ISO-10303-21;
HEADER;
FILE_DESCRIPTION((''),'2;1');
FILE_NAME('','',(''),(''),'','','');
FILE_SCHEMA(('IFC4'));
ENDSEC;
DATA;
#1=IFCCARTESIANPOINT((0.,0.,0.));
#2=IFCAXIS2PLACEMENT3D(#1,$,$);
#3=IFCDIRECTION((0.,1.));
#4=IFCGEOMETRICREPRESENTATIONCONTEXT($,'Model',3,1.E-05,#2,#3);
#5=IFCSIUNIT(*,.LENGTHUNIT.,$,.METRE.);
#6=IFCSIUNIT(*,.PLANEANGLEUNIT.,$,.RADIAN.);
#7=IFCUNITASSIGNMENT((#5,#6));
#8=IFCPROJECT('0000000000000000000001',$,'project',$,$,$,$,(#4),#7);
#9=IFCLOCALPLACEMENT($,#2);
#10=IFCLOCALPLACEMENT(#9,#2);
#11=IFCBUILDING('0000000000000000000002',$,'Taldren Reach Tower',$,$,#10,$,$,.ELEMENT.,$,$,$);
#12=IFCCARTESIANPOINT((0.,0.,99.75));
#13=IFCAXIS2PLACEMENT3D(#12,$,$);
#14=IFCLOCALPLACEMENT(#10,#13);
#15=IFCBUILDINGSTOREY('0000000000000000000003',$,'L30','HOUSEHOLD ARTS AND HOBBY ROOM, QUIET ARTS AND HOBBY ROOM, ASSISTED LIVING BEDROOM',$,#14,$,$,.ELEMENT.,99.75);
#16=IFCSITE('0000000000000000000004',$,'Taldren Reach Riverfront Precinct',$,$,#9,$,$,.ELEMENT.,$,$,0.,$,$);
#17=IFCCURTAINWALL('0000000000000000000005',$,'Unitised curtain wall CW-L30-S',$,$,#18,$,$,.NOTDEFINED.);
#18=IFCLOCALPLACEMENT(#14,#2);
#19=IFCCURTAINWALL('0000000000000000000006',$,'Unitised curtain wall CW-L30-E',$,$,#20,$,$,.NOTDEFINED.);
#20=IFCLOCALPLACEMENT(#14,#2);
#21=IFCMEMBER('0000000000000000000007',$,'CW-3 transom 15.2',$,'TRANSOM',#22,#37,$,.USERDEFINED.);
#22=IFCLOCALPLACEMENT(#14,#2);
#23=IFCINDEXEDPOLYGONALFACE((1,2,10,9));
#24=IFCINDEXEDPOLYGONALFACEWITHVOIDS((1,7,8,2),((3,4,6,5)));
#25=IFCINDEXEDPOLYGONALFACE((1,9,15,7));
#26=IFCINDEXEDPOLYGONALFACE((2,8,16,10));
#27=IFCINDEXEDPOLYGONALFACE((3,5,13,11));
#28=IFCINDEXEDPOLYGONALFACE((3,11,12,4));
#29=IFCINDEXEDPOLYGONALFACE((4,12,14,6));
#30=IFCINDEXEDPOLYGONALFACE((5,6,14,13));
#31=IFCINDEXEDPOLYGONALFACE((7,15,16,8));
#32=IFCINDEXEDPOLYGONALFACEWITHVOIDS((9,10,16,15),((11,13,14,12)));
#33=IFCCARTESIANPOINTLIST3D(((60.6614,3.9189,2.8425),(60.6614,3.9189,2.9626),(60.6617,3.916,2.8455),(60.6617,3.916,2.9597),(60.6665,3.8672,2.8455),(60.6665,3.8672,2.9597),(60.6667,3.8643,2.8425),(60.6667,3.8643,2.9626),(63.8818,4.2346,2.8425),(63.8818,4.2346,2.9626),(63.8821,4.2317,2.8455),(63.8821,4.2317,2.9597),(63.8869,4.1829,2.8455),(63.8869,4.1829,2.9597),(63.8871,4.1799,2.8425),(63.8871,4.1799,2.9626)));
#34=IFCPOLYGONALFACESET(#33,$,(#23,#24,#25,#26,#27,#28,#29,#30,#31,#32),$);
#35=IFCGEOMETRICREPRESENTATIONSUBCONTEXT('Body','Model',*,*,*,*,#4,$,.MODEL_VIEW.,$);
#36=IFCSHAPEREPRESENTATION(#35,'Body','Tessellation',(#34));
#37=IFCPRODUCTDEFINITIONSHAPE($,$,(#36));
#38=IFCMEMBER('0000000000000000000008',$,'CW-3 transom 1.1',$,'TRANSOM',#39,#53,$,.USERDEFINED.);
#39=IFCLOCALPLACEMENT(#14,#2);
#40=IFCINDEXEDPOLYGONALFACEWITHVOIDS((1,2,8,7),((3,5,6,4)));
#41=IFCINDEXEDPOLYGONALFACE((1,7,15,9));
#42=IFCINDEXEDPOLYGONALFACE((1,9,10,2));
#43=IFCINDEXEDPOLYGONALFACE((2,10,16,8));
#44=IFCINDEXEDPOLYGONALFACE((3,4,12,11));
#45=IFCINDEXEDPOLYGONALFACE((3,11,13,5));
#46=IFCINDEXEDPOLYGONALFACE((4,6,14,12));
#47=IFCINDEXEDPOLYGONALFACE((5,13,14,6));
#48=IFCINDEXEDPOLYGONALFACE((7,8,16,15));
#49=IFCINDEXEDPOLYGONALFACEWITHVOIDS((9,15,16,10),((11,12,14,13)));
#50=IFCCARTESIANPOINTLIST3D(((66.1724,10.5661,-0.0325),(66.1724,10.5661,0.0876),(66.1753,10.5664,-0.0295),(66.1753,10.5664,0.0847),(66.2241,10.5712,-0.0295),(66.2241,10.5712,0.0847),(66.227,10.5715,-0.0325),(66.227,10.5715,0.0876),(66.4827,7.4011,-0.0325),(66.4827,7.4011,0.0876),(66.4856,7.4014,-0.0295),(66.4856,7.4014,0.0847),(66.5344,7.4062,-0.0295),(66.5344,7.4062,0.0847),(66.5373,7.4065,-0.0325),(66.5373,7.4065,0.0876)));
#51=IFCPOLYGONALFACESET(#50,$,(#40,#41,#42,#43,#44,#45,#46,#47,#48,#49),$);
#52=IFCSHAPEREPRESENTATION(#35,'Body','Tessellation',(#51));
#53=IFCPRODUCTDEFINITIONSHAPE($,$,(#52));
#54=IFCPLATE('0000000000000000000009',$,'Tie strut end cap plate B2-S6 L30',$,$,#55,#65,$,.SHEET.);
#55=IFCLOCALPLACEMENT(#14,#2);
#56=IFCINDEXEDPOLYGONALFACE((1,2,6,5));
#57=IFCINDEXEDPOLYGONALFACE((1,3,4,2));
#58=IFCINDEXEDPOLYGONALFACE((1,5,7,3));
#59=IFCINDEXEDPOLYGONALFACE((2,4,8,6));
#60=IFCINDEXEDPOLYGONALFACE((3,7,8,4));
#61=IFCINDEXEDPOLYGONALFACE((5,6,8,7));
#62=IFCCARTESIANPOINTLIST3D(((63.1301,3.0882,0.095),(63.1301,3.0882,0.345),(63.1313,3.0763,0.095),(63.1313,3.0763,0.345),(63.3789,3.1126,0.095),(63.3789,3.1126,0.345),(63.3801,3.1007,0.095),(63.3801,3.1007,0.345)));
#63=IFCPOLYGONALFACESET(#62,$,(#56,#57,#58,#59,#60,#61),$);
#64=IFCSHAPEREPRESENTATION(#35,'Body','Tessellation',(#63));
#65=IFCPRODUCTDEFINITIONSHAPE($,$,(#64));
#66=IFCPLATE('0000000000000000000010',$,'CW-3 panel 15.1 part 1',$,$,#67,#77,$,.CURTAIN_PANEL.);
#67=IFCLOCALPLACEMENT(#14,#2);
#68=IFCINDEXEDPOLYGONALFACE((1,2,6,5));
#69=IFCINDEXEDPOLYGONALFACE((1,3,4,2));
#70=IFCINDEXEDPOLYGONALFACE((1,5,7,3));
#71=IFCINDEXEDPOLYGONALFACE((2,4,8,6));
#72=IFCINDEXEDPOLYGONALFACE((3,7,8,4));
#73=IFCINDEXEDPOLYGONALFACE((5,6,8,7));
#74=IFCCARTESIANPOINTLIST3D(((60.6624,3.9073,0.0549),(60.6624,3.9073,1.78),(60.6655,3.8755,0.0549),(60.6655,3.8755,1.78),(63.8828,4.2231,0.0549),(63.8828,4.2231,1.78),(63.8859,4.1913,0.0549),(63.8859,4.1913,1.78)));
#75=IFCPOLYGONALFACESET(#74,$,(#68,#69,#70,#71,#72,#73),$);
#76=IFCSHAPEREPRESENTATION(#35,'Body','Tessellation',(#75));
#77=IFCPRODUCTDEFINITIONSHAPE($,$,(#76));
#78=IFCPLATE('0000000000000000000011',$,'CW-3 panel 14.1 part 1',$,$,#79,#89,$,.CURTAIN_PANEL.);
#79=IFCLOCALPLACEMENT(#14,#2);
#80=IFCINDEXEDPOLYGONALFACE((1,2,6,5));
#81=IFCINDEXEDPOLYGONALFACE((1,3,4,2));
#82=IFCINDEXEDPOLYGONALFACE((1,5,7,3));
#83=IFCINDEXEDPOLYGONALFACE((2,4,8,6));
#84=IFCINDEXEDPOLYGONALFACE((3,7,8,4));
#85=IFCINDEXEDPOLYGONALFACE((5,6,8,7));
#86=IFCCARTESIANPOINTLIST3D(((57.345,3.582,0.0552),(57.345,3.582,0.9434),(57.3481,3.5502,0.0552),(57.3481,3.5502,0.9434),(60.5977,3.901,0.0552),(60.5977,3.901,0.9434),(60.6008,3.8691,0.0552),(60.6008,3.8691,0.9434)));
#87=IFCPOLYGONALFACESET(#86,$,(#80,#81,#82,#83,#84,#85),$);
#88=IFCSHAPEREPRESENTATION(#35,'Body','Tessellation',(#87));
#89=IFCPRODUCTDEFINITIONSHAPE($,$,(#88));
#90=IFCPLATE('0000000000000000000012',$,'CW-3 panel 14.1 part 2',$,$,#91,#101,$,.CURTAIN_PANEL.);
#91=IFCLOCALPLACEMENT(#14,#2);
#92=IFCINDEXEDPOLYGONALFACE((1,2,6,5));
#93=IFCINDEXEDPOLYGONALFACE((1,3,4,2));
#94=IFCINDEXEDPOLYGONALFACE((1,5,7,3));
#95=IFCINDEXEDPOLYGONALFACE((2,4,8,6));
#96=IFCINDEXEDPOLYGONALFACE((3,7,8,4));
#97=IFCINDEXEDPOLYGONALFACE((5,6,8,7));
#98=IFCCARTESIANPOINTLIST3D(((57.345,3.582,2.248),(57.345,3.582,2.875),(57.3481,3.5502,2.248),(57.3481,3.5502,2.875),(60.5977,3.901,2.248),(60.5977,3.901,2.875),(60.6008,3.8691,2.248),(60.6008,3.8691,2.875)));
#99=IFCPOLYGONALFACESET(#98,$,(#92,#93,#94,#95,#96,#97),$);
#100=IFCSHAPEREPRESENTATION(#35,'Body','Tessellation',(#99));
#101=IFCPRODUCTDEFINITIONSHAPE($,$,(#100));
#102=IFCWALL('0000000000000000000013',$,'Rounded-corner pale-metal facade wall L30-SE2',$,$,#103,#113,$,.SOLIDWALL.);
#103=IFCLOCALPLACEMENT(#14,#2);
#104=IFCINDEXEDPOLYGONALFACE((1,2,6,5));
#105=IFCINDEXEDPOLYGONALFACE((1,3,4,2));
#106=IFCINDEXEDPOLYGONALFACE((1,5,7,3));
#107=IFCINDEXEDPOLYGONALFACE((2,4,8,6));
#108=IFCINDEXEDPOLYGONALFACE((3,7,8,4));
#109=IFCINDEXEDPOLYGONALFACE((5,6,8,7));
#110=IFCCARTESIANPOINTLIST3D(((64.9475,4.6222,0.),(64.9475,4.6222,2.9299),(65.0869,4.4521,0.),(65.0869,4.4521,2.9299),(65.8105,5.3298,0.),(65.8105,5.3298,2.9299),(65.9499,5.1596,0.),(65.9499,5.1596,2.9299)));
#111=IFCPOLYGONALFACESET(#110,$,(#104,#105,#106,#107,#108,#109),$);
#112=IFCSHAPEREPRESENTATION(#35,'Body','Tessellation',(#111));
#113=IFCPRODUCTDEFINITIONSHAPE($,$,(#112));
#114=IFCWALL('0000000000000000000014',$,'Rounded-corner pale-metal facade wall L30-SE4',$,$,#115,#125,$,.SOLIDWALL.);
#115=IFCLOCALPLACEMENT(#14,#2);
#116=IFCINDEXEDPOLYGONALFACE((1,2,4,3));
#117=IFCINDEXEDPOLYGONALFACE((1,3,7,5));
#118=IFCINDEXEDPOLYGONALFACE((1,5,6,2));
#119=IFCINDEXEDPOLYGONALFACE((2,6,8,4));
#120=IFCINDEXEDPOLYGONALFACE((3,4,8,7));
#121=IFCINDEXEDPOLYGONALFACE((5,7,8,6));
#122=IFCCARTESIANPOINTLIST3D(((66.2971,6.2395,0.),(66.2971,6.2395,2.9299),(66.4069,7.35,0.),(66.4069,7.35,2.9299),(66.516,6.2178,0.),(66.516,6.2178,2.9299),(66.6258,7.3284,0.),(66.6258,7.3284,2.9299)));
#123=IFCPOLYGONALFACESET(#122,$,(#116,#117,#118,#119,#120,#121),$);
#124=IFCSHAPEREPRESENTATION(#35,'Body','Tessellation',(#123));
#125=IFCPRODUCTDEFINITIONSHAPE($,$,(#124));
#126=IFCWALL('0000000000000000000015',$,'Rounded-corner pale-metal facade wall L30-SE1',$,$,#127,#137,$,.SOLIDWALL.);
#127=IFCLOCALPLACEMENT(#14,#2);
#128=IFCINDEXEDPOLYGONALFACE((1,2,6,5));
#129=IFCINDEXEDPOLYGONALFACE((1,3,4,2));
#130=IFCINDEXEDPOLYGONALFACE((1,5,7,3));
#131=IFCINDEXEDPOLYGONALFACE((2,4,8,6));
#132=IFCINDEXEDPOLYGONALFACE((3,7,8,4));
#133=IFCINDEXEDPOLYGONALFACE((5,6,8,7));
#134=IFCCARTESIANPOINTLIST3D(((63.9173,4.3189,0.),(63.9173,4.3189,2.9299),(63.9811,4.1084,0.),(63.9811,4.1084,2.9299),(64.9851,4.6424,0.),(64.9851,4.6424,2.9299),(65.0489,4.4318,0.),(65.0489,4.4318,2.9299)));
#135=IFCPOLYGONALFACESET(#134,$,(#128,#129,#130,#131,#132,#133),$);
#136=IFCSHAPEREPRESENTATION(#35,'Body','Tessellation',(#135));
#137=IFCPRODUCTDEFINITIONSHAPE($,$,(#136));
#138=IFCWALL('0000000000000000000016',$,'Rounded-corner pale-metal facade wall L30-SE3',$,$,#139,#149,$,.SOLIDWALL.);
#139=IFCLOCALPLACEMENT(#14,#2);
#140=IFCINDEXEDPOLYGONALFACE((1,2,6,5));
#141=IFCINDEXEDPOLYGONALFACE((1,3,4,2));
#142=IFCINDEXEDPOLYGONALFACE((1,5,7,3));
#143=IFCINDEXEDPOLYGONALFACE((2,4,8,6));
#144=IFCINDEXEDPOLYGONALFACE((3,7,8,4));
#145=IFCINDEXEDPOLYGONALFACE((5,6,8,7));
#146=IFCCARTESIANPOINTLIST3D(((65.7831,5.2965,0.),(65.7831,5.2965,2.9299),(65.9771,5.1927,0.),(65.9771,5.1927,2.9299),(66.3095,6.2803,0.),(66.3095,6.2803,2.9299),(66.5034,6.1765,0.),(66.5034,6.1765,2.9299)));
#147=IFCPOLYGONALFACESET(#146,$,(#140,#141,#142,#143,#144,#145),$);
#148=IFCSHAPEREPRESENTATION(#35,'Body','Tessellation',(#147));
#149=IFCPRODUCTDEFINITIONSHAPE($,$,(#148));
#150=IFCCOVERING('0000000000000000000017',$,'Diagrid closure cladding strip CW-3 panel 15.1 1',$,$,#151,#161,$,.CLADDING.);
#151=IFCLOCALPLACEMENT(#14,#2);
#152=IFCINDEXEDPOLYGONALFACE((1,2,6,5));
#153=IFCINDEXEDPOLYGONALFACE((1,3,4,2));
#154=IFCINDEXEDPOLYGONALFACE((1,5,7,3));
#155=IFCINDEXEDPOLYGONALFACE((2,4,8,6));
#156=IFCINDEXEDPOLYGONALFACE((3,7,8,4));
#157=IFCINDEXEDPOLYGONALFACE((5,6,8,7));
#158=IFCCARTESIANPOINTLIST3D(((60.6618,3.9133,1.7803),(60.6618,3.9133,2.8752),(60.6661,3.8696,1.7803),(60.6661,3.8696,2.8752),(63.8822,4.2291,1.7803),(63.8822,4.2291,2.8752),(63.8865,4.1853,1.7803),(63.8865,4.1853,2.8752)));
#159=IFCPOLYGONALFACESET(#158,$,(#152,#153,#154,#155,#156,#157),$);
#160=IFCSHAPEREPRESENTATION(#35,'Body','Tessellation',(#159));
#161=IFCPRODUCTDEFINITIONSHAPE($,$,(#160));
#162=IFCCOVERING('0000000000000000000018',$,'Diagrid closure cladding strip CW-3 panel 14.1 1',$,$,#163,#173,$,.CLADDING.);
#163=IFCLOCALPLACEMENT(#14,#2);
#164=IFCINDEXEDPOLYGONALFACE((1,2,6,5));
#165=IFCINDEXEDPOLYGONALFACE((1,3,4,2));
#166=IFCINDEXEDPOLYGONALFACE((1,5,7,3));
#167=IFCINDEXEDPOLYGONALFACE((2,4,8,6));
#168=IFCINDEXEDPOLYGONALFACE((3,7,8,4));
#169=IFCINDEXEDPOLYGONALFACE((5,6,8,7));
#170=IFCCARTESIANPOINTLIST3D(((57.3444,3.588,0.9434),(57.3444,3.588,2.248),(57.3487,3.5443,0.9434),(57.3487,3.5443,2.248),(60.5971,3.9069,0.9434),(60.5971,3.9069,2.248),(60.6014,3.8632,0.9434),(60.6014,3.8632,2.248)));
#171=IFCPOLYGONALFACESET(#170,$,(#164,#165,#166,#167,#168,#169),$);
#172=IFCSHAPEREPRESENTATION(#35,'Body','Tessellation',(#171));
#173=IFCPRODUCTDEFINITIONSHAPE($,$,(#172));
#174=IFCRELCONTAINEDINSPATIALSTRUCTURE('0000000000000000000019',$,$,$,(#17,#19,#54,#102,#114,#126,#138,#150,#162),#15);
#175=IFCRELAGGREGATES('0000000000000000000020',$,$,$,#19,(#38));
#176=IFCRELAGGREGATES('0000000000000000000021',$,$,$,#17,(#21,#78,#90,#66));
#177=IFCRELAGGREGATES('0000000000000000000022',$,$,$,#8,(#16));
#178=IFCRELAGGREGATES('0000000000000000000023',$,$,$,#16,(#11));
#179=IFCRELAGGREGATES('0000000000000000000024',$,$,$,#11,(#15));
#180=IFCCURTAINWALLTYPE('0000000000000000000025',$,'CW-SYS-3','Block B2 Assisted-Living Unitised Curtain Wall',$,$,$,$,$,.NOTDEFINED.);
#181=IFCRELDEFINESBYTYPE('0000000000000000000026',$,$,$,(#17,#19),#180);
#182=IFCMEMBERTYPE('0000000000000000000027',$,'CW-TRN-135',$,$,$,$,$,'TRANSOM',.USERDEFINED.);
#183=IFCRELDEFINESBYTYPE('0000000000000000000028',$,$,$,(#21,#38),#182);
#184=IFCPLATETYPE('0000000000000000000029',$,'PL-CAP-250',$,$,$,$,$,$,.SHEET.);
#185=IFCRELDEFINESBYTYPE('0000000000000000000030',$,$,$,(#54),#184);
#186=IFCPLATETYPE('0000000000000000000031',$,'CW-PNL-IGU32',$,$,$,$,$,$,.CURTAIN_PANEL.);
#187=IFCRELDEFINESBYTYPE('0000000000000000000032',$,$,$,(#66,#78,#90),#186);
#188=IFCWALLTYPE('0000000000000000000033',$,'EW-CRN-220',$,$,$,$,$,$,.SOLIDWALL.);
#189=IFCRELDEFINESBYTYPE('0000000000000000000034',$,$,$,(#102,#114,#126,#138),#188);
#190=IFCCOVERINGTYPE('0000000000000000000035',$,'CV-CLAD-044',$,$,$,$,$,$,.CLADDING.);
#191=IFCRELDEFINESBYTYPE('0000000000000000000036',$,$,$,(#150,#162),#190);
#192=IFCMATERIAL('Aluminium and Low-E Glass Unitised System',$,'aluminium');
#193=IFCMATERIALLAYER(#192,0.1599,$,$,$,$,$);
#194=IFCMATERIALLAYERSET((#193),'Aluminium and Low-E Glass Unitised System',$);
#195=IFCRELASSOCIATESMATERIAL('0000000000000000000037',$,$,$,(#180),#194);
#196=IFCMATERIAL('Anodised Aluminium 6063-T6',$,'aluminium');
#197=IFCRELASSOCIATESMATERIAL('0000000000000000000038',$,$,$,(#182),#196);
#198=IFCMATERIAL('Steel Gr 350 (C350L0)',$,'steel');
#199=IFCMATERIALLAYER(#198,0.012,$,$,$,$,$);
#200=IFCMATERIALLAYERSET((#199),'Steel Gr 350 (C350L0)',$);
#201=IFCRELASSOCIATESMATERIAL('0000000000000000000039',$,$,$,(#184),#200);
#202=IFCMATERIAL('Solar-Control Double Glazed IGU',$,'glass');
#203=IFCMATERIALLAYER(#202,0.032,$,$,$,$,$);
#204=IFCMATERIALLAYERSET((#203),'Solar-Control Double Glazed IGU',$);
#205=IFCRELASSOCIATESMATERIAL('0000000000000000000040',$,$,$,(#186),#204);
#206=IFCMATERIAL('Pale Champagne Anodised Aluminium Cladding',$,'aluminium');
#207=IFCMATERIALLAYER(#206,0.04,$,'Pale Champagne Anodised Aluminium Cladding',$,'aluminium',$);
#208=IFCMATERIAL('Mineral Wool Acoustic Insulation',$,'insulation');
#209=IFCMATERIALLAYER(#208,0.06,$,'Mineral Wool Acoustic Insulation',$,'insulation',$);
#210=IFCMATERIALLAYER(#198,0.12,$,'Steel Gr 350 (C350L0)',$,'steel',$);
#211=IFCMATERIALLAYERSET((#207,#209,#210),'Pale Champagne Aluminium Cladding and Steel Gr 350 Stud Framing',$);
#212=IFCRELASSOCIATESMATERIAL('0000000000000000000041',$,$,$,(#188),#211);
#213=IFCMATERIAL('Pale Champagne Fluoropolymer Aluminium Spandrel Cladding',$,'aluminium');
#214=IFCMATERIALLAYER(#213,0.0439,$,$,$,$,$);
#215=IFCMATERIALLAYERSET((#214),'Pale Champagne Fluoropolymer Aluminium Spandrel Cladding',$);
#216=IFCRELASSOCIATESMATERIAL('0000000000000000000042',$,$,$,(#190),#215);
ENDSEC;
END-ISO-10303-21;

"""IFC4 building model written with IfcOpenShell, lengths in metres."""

from ifc_helpers import new_model, si_unit, direction, frame, frame_2d, origin, origin_2d, place, context, subcontext, project, spatial, rectangle, hollow_rectangle, extrude, source, transform, mapped, material, layer, layer_set, material_profile, profile_set, type_object, element, aggregate, save


model = new_model("IFC4")

# Units and contexts
model_context = context("Model", 3, precision=1e-05, world=origin(), true_north=direction((0.0, 1.0)))
body_context = subcontext(model_context, "Body", "Model", "MODEL_VIEW")
ifc_project = project(units=[si_unit("LENGTHUNIT", "METRE"), si_unit("PLANEANGLEUNIT", "RADIAN")], contexts=[model_context])

# Site, building, storey
site_placement = place(None, origin())
site = spatial("IfcSite", under=ifc_project, at=site_placement, Name="Taldren Reach Riverfront Precinct", CompositionType="ELEMENT", RefElevation=0.0)
building_placement = place(site_placement, origin())
building = spatial("IfcBuilding", under=site, at=building_placement, Name="Taldren Reach Tower", CompositionType="ELEMENT")
storey_placement = place(building_placement, frame((0.0, 0.0, 99.75)))
storey = spatial("IfcBuildingStorey", under=building, at=storey_placement, Name="L30", Description="HOUSEHOLD ARTS AND HOBBY ROOM, QUIET ARTS AND HOBBY ROOM, ASSISTED LIVING BEDROOM", CompositionType="ELEMENT", Elevation=99.75)

# Shared definitions
ifc_material_1 = material(Name="Steel Gr 350 (C350L0)", Category="steel")

# Curtain wall
ifc_material_2 = material(Name="Aluminium and Low-E Glass Unitised System", Category="aluminium")
ifc_layer_1 = layer(ifc_material_2, 0.1599)
ifc_layer_set_1 = layer_set([ifc_layer_1], Name="Aluminium and Low-E Glass Unitised System")
curtain_wall_type = type_object("IfcCurtainWallType", Name="CW-SYS-3", Description="Block B2 Assisted-Living Unitised Curtain Wall", PredefinedType="NOTDEFINED", material=ifc_layer_set_1)
curtain_wall_1_placement = place(storey_placement, origin())
curtain_wall_1 = element("IfcCurtainWall", 1, at=curtain_wall_1_placement, inside=storey, type_object=curtain_wall_type, Name="Unitised curtain wall CW-L30-S", PredefinedType="NOTDEFINED")
ifc_material_3 = material(Name="Anodised Aluminium 6063-T6", Category="aluminium")

# Curtain wall
curtain_wall_2_placement = place(storey_placement, origin())
curtain_wall_2 = element("IfcCurtainWall", 2, at=curtain_wall_2_placement, inside=storey, type_object=curtain_wall_type, Name="Unitised curtain wall CW-L30-E", PredefinedType="NOTDEFINED")

# Members
ifc_material_profile_1 = material_profile(ifc_material_3, hollow_rectangle(XDim=0.0549, YDim=0.1201, WallThickness=0.0029, at=origin_2d()), Name="ALU-120x55x3RHS")
ifc_profile_set_1 = profile_set([ifc_material_profile_1], Name="Anodised Aluminium 6063-T6")
member_type_1 = type_object("IfcMemberType", Name="CW-TRN-135", ElementType="TRANSOM", PredefinedType="USERDEFINED", material=ifc_profile_set_1)
shared_shape_1 = source(origin(), body_context, "Body", "SweptSolid", [
    extrude(hollow_rectangle(XDim=0.0549, YDim=0.1201, WallThickness=0.0029, at=origin_2d()), origin(), (0.0, 0.0, 1.0), 3.2358),
])
member_1_placement = place(storey_placement, frame((60.6641, 3.8916, 2.9026), z_axis=(0.99523, 0.097554, 0.0), x_axis=(-0.097554, 0.99523, 0.0)))
member_1 = element("IfcMember", 3, at=member_1_placement, type_object=member_type_1, Name="CW-3 transom 15.2", ObjectType="TRANSOM", PredefinedType="USERDEFINED", context=body_context, shape_type="MappedRepresentation", body=[
    mapped(shared_shape_1, transform((0.0, 0.0, 0.0), scale=1.0)),
])
shared_shape_2 = source(origin(), body_context, "Body", "SweptSolid", [
    extrude(hollow_rectangle(XDim=0.0549, YDim=0.1201, WallThickness=0.0029, at=origin_2d()), origin(), (0.0, 0.0, 1.0), 3.1802),
])
member_2_placement = place(storey_placement, frame((66.51, 7.4038, 0.0276), z_axis=(-0.097573, 0.995228, 0.0), x_axis=(-0.995228, -0.097573, 0.0)))
member_2 = element("IfcMember", 4, at=member_2_placement, type_object=member_type_1, Name="CW-3 transom 1.1", ObjectType="TRANSOM", PredefinedType="USERDEFINED", context=body_context, shape_type="MappedRepresentation", body=[
    mapped(shared_shape_2, transform((0.0, 0.0, 0.0), scale=1.0)),
])
aggregate(curtain_wall_2, [member_2])

# Plates
ifc_layer_2 = layer(ifc_material_1, 0.012)
ifc_layer_set_2 = layer_set([ifc_layer_2], Name="Steel Gr 350 (C350L0)")
plate_type_1 = type_object("IfcPlateType", Name="PL-CAP-250", PredefinedType="SHEET", material=ifc_layer_set_2)
shared_shape_3 = source(origin(), body_context, "Body", "SweptSolid", [
    extrude(rectangle(XDim=0.25, YDim=0.012, at=origin_2d()), origin(), (0.0, 0.0, 1.0), 0.25),
])
plate_1_placement = place(storey_placement, frame((63.2551, 3.0945, 0.095), z_axis=(0.0, 0.0, 1.0), x_axis=(0.995227, 0.097583, 0.0)))
element("IfcPlate", 5, at=plate_1_placement, inside=storey, type_object=plate_type_1, Name="Tie strut end cap plate B2-S6 L30", PredefinedType="SHEET", context=body_context, shape_type="MappedRepresentation", body=[
    mapped(shared_shape_3, transform((0.0, 0.0, 0.0), scale=1.0)),
])
ifc_material_4 = material(Name="Solar-Control Double Glazed IGU", Category="glass")
ifc_layer_3 = layer(ifc_material_4, 0.032)
ifc_layer_set_3 = layer_set([ifc_layer_3], Name="Solar-Control Double Glazed IGU")
plate_type_2 = type_object("IfcPlateType", Name="CW-PNL-IGU32", PredefinedType="CURTAIN_PANEL", material=ifc_layer_set_3)
shared_shape_4 = source(origin(), body_context, "Body", "SweptSolid", [
    extrude(rectangle(XDim=3.2358, YDim=0.032, at=origin_2d()), origin(), (0.0, 0.0, 1.0), 1.7251),
])
plate_2_placement = place(storey_placement, frame((62.2742, 4.0493, 0.0549), z_axis=(0.0, 0.0, 1.0), x_axis=(0.995227, 0.097583, 0.0)))
plate_2 = element("IfcPlate", 6, at=plate_2_placement, type_object=plate_type_2, Name="CW-3 panel 15.1 part 1", PredefinedType="CURTAIN_PANEL", context=body_context, shape_type="MappedRepresentation", body=[
    mapped(shared_shape_4, transform((0.0, 0.0, 0.0), scale=1.0)),
])
shared_shape_5 = source(origin(), body_context, "Body", "SweptSolid", [
    extrude(rectangle(XDim=3.2683, YDim=0.032, at=origin_2d()), origin(), (0.0, 0.0, 1.0), 0.8882),
])
plate_3_placement = place(storey_placement, frame((58.9729, 3.7256, 0.0552), z_axis=(0.0, 0.0, 1.0), x_axis=(0.995227, 0.097583, 0.0)))
plate_3 = element("IfcPlate", 7, at=plate_3_placement, type_object=plate_type_2, Name="CW-3 panel 14.1 part 1", PredefinedType="CURTAIN_PANEL", context=body_context, shape_type="MappedRepresentation", body=[
    mapped(shared_shape_5, transform((0.0, 0.0, 0.0), scale=1.0)),
])
shared_shape_6 = source(origin(), body_context, "Body", "SweptSolid", [
    extrude(rectangle(XDim=3.2683, YDim=0.032, at=origin_2d()), origin(), (0.0, 0.0, 1.0), 0.627),
])
plate_4_placement = place(storey_placement, frame((58.9729, 3.7256, 2.248), z_axis=(0.0, 0.0, 1.0), x_axis=(0.995227, 0.097583, 0.0)))
plate_4 = element("IfcPlate", 8, at=plate_4_placement, type_object=plate_type_2, Name="CW-3 panel 14.1 part 2", PredefinedType="CURTAIN_PANEL", context=body_context, shape_type="MappedRepresentation", body=[
    mapped(shared_shape_6, transform((0.0, 0.0, 0.0), scale=1.0)),
])
aggregate(curtain_wall_1, [member_1, plate_3, plate_4, plate_2])

# Walls
ifc_material_5 = material(Name="Pale Champagne Anodised Aluminium Cladding", Category="aluminium")
ifc_layer_4 = layer(ifc_material_5, 0.04, Name="Pale Champagne Anodised Aluminium Cladding", Category="aluminium")
ifc_material_6 = material(Name="Mineral Wool Acoustic Insulation", Category="insulation")
ifc_layer_5 = layer(ifc_material_6, 0.06, Name="Mineral Wool Acoustic Insulation", Category="insulation")
ifc_layer_6 = layer(ifc_material_1, 0.12, Name="Steel Gr 350 (C350L0)", Category="steel")
ifc_layer_set_4 = layer_set([ifc_layer_4, ifc_layer_5, ifc_layer_6], Name="Pale Champagne Aluminium Cladding and Steel Gr 350 Stud Framing")
wall_type = type_object("IfcWallType", Name="EW-CRN-220", PredefinedType="SOLIDWALL", material=ifc_layer_set_4)
shared_shape_7 = source(origin(), body_context, "Body", "SweptSolid", [
    extrude(rectangle(XDim=1.116, YDim=0.22, at=frame_2d((0.5581, 0.0))), origin(), (0.0, 0.0, 1.0), 2.9299),
])
for number, where, z_axis, x_axis, name in (
    (9, (65.0171, 4.5371, 0.0), (0.0, 0.0, 1.0), (0.773343, 0.633988, 0.0), "Rounded-corner pale-metal facade wall L30-SE2"),
    (10, (66.4065, 6.2285, 0.0), (0.0, 0.0, 1.0), (0.098442, 0.995143, 0.0), "Rounded-corner pale-metal facade wall L30-SE4"),
):
    element("IfcWall", number, at=place(storey_placement, frame(where, z_axis=z_axis, x_axis=x_axis)), inside=storey, type_object=wall_type, Name=name, PredefinedType="SOLIDWALL", context=body_context, shape_type="MappedRepresentation", body=[
        mapped(shared_shape_7, transform((0.0, 0.0, 0.0), scale=1.0)),
    ])
shared_shape_8 = source(origin(), body_context, "Body", "SweptSolid", [
    extrude(rectangle(XDim=1.1157, YDim=0.22, at=frame_2d((0.5579, 0.0))), origin(), (0.0, 0.0, 1.0), 2.9299),
])
for number, where, z_axis, x_axis, name in (
    (11, (63.9492, 4.2136, 0.0), (0.0, 0.0, 1.0), (0.957052, 0.289916, 0.0), "Rounded-corner pale-metal facade wall L30-SE1"),
    (12, (65.8801, 5.2446, 0.0), (0.0, 0.0, 1.0), (0.471723, 0.881747, 0.0), "Rounded-corner pale-metal facade wall L30-SE3"),
):
    element("IfcWall", number, at=place(storey_placement, frame(where, z_axis=z_axis, x_axis=x_axis)), inside=storey, type_object=wall_type, Name=name, PredefinedType="SOLIDWALL", context=body_context, shape_type="MappedRepresentation", body=[
        mapped(shared_shape_8, transform((0.0, 0.0, 0.0), scale=1.0)),
    ])

# Coverings
ifc_material_7 = material(Name="Pale Champagne Fluoropolymer Aluminium Spandrel Cladding", Category="aluminium")
ifc_layer_7 = layer(ifc_material_7, 0.0439)
ifc_layer_set_5 = layer_set([ifc_layer_7], Name="Pale Champagne Fluoropolymer Aluminium Spandrel Cladding")
covering_type = type_object("IfcCoveringType", Name="CV-CLAD-044", PredefinedType="CLADDING", material=ifc_layer_set_5)
shared_shape_9 = source(origin(), body_context, "Body", "SweptSolid", [
    extrude(rectangle(XDim=3.2358, YDim=0.0439, at=origin_2d()), origin(), (0.0, 0.0, 1.0), 1.095),
])
covering_1_placement = place(storey_placement, frame((62.2742, 4.0493, 1.7803), z_axis=(0.0, 0.0, 1.0), x_axis=(0.995227, 0.097583, 0.0)))
element("IfcCovering", 13, at=covering_1_placement, inside=storey, type_object=covering_type, Name="Diagrid closure cladding strip CW-3 panel 15.1 1", PredefinedType="CLADDING", context=body_context, shape_type="MappedRepresentation", body=[
    mapped(shared_shape_9, transform((0.0, 0.0, 0.0), scale=1.0)),
])
shared_shape_10 = source(origin(), body_context, "Body", "SweptSolid", [
    extrude(rectangle(XDim=3.2683, YDim=0.0439, at=origin_2d()), origin(), (0.0, 0.0, 1.0), 1.3047),
])
covering_2_placement = place(storey_placement, frame((58.9729, 3.7256, 0.9434), z_axis=(0.0, 0.0, 1.0), x_axis=(0.995227, 0.097583, 0.0)))
element("IfcCovering", 14, at=covering_2_placement, inside=storey, type_object=covering_type, Name="Diagrid closure cladding strip CW-3 panel 14.1 1", PredefinedType="CLADDING", context=body_context, shape_type="MappedRepresentation", body=[
    mapped(shared_shape_10, transform((0.0, 0.0, 0.0), scale=1.0)),
])

save(model, "model.ifc")
